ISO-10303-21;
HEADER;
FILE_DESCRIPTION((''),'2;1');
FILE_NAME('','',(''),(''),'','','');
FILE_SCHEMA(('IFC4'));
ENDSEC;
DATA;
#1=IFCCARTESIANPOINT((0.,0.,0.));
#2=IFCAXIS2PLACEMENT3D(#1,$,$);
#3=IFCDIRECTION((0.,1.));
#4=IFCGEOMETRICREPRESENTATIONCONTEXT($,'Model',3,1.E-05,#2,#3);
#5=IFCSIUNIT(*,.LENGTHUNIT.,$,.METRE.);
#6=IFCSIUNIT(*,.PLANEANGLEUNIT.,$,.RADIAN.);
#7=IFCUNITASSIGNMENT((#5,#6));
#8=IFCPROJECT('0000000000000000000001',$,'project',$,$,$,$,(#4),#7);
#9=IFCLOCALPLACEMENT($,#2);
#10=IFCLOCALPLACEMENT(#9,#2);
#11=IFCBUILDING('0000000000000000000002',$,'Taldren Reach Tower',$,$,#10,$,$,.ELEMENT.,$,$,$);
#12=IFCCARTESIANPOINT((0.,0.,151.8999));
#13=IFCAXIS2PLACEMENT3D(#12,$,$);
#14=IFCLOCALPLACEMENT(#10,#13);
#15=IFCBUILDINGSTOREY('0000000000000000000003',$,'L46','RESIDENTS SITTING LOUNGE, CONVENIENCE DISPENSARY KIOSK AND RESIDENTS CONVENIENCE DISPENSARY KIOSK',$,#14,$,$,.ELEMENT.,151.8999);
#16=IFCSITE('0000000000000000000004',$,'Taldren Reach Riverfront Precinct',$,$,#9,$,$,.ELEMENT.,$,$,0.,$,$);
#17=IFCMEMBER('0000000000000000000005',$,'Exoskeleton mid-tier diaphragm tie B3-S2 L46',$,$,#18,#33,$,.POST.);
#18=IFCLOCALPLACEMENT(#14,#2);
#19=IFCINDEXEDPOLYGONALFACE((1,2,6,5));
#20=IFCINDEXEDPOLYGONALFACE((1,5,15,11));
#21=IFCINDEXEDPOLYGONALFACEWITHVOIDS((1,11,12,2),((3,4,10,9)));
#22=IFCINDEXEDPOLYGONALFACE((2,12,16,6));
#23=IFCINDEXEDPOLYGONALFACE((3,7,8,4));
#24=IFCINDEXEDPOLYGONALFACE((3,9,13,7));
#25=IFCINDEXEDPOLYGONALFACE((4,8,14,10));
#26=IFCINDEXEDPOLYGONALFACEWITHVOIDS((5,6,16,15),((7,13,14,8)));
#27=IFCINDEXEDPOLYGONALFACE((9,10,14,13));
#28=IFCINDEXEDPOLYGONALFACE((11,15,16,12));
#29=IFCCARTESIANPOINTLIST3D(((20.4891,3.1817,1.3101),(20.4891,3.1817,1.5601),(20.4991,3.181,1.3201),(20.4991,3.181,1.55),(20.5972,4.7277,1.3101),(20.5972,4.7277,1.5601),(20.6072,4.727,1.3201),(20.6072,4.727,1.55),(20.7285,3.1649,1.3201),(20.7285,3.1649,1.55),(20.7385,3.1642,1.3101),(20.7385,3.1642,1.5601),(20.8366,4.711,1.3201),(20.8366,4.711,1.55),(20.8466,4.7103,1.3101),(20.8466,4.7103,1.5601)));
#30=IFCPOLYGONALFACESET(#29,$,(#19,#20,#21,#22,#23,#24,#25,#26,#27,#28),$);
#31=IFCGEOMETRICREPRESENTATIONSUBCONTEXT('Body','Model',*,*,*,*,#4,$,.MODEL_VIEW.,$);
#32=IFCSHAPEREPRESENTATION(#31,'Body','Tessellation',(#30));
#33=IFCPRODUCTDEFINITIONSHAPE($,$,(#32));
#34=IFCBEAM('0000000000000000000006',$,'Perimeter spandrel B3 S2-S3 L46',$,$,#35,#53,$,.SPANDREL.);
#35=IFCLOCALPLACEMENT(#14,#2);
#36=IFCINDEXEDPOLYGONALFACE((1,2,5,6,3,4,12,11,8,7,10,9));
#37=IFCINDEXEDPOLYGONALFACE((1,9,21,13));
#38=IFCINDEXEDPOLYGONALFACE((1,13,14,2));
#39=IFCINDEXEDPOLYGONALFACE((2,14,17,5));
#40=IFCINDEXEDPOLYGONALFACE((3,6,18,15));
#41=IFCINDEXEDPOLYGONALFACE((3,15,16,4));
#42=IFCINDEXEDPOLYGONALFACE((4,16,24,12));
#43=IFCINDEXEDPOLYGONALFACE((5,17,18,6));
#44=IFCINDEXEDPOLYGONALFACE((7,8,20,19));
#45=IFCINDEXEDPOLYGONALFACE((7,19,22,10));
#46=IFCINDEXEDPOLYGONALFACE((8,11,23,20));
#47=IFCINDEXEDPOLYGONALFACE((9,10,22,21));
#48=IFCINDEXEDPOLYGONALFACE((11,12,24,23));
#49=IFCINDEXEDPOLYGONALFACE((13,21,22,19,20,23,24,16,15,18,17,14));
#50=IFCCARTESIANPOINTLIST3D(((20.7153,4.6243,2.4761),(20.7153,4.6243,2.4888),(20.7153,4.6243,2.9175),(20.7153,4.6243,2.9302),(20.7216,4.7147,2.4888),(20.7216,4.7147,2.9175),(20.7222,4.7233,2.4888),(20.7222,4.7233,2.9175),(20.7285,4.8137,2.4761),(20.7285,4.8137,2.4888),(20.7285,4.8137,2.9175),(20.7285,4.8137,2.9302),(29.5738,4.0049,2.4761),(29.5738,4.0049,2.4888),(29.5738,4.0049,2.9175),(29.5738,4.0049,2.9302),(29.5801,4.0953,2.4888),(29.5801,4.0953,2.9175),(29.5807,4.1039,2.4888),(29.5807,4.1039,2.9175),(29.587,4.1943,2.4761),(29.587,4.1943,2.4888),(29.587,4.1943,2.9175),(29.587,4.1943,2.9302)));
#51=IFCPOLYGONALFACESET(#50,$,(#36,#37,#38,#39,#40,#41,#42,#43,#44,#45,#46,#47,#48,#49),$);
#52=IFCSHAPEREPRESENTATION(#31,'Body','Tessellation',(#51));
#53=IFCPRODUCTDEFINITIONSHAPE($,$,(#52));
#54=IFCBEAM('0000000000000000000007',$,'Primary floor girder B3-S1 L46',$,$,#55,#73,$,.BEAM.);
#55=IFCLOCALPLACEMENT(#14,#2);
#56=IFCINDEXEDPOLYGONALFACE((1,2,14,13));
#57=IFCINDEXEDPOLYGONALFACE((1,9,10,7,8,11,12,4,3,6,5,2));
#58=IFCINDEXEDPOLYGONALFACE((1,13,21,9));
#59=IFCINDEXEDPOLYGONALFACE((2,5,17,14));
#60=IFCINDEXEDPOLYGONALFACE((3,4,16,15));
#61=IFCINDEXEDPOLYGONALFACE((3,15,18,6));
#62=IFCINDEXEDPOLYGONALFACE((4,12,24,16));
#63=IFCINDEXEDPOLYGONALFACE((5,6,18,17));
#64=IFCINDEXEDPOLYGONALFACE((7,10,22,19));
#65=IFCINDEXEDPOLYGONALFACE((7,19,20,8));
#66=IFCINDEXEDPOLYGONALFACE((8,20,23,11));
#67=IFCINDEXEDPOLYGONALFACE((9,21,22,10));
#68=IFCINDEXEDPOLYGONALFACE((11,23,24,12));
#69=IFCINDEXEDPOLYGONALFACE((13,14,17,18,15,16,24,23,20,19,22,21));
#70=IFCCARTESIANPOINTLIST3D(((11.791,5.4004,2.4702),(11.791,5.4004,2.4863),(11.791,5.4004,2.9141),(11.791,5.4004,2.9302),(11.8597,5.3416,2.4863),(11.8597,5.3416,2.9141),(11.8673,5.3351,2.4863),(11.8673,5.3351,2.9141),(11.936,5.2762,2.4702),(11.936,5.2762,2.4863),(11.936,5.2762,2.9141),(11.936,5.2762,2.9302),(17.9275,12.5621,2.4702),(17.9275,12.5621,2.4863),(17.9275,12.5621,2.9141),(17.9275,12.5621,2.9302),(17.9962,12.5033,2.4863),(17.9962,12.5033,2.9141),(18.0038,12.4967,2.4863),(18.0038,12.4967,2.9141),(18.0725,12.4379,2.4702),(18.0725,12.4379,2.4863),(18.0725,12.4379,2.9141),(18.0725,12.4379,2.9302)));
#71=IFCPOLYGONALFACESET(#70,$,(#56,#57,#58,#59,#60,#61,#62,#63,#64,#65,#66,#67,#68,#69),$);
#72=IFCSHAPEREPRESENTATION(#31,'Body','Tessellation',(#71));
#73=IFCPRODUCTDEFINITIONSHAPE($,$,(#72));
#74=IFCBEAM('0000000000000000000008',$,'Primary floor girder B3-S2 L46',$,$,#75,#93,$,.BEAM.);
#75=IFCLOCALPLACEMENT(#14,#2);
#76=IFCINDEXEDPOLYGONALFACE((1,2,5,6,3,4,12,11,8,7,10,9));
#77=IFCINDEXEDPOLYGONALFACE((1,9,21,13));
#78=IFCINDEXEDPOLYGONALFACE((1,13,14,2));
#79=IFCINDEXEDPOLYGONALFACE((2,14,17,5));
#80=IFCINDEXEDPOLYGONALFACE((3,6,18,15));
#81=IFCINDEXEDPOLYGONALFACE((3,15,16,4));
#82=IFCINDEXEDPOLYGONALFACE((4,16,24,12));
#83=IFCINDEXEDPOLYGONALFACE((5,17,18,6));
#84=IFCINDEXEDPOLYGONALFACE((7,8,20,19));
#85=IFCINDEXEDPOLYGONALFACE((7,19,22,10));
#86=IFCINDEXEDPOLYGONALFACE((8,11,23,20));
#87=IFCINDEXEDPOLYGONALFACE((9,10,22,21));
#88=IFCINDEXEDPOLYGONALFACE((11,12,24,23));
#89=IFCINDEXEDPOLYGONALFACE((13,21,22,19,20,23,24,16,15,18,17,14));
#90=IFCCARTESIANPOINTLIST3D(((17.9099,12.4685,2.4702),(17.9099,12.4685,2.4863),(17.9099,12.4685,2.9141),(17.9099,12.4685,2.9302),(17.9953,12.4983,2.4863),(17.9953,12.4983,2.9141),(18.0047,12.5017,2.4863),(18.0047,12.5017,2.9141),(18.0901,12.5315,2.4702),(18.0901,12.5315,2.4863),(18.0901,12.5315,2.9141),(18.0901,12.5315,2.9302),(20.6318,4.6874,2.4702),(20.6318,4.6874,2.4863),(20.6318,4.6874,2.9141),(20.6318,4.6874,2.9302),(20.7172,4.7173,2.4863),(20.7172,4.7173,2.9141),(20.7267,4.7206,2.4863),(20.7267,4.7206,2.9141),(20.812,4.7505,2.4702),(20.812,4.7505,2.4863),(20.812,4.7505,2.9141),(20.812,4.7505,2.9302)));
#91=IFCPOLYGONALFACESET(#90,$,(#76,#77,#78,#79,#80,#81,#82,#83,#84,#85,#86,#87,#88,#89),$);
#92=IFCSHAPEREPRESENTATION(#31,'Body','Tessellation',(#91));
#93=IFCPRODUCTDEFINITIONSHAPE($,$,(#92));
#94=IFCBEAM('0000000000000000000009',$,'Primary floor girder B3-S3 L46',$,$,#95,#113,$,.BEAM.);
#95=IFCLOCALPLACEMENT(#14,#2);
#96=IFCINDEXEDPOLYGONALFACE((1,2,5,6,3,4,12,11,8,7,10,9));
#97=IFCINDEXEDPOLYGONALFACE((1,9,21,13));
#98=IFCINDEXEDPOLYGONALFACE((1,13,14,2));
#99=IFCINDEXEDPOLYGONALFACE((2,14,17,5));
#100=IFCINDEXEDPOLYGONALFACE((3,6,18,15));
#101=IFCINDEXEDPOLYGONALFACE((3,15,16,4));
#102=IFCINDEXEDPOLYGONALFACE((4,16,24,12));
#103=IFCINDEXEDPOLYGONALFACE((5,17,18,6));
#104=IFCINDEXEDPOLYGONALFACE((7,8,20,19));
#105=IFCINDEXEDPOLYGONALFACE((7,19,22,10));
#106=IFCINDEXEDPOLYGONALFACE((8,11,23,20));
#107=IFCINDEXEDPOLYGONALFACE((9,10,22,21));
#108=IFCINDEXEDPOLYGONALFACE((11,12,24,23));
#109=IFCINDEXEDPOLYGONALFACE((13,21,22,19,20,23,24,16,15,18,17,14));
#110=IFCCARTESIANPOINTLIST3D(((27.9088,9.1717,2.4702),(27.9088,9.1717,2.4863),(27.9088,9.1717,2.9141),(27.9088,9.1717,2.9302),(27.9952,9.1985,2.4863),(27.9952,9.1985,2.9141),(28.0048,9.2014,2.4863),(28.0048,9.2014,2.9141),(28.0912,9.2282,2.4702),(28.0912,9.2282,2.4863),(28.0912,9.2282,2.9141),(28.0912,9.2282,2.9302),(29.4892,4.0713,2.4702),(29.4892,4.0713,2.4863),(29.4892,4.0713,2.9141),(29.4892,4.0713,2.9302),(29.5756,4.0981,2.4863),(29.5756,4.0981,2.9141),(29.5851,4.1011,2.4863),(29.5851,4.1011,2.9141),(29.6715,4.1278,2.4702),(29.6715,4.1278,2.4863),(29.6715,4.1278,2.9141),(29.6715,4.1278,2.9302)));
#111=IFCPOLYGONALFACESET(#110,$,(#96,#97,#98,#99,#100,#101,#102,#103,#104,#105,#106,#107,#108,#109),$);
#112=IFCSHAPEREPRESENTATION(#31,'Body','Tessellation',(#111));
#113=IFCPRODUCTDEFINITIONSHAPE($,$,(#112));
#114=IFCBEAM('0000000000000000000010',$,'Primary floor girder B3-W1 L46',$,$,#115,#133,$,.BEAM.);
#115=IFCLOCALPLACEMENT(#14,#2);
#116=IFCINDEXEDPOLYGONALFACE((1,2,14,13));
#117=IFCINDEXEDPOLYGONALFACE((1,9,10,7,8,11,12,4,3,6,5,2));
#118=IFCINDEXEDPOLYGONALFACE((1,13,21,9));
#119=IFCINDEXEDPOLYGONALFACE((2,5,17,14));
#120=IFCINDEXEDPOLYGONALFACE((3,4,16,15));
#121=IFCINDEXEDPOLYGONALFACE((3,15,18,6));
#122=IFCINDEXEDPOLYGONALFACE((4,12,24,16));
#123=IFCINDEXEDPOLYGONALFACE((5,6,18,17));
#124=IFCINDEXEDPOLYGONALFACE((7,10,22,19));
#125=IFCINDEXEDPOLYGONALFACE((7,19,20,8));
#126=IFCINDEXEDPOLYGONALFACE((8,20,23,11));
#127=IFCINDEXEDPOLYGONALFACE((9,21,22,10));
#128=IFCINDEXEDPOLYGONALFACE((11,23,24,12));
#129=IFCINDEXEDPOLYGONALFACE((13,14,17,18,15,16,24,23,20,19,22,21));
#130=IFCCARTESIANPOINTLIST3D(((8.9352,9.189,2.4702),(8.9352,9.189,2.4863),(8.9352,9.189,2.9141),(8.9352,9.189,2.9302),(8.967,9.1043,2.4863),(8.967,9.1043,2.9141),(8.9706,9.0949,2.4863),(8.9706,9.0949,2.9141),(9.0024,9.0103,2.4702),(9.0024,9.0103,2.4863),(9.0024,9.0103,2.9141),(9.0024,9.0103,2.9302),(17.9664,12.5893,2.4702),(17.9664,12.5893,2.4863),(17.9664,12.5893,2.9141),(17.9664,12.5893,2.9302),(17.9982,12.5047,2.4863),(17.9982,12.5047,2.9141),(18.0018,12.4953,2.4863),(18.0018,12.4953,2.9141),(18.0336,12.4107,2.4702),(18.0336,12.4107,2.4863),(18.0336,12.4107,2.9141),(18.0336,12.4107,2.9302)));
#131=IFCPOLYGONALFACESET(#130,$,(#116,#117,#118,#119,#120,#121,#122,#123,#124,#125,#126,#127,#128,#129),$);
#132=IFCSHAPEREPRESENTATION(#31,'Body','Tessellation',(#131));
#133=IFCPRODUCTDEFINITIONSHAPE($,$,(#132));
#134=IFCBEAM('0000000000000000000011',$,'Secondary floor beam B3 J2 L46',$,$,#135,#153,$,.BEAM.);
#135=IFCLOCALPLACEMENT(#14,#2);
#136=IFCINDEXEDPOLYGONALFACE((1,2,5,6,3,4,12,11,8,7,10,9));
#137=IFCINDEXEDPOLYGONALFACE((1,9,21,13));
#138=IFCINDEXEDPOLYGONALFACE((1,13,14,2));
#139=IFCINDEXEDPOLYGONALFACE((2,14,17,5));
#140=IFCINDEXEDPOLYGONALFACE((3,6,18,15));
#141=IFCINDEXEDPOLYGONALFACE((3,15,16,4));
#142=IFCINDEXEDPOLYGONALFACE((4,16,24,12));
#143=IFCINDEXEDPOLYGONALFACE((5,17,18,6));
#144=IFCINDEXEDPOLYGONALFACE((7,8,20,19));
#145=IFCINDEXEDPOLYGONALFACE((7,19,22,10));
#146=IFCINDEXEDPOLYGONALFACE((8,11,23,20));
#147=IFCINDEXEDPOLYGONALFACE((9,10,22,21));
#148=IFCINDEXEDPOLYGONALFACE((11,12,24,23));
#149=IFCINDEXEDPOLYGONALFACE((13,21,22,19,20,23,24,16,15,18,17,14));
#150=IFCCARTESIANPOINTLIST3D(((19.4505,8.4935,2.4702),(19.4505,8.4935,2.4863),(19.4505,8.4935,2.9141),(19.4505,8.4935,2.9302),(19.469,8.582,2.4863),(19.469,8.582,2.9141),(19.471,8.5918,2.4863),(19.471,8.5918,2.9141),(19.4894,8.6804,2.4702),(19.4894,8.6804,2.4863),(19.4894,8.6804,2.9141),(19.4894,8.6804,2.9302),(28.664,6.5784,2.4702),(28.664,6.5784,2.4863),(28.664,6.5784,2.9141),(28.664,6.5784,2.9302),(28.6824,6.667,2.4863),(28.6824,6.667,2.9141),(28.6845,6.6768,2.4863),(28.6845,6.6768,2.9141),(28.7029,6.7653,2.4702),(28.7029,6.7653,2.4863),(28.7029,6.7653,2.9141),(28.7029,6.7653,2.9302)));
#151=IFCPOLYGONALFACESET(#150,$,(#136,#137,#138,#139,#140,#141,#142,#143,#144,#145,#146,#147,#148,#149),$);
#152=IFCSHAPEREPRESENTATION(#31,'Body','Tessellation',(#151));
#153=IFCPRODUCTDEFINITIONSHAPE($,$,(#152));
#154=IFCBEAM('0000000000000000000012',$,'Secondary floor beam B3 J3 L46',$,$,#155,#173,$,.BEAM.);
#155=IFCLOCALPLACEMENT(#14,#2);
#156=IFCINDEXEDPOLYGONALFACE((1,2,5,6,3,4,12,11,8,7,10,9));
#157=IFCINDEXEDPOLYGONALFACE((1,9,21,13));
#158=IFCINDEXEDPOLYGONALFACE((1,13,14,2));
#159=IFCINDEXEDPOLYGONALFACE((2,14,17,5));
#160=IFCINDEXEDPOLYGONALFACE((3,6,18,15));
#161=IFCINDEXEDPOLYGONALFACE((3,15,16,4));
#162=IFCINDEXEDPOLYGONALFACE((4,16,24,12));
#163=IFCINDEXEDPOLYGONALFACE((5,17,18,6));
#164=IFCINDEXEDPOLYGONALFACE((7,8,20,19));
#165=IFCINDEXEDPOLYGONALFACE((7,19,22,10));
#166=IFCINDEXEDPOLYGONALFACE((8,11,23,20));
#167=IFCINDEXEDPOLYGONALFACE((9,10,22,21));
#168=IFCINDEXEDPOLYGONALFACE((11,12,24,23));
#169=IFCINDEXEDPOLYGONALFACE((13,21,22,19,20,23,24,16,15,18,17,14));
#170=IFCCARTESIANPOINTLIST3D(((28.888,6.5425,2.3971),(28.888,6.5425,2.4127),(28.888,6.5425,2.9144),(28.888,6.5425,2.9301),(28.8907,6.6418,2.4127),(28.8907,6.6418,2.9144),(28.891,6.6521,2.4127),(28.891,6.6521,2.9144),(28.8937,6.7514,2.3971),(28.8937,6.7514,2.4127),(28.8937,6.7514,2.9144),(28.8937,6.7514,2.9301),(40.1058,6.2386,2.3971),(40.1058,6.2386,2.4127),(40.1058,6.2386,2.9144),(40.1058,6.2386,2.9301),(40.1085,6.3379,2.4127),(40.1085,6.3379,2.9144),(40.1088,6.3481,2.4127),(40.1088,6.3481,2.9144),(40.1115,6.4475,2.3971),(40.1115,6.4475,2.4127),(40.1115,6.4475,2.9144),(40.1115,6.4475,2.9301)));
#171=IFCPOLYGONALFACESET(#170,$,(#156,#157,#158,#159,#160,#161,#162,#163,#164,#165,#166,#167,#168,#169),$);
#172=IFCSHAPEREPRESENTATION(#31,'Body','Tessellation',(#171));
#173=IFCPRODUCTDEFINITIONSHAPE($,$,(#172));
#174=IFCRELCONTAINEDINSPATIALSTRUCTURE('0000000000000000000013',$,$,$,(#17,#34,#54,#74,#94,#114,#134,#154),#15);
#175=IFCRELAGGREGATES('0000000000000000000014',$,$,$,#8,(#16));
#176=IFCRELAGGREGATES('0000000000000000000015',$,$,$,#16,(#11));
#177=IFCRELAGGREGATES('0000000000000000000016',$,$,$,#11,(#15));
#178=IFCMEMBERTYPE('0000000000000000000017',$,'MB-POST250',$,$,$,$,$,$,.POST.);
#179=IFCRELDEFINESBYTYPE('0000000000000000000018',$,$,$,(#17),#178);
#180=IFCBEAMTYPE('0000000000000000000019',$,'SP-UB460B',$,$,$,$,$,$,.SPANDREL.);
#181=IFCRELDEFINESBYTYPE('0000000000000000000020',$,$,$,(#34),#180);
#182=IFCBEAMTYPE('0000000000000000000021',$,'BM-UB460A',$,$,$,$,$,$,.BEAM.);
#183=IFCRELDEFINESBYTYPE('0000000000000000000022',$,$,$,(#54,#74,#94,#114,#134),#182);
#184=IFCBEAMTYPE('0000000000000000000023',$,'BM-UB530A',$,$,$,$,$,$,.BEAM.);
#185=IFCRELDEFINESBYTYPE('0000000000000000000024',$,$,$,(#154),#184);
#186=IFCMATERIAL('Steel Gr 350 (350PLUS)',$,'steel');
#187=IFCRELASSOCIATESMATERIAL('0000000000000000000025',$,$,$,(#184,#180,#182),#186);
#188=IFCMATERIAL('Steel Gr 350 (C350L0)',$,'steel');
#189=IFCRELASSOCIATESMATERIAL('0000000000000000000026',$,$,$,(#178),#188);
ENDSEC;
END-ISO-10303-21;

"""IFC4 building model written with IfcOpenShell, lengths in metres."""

from ifc_helpers import new_model, si_unit, direction, frame, origin, origin_2d, place, context, subcontext, project, spatial, hollow_rectangle, i_section, extrude, source, transform, mapped, material, material_profile, profile_set, type_object, element, save


model = new_model("IFC4")

# Units and contexts
model_context = context("Model", 3, precision=1e-05, world=origin(), true_north=direction((0.0, 1.0)))
body_context = subcontext(model_context, "Body", "Model", "MODEL_VIEW")
ifc_project = project(units=[si_unit("LENGTHUNIT", "METRE"), si_unit("PLANEANGLEUNIT", "RADIAN")], contexts=[model_context])

# Site, building, storey
site_placement = place(None, origin())
site = spatial("IfcSite", under=ifc_project, at=site_placement, Name="Taldren Reach Riverfront Precinct", CompositionType="ELEMENT", RefElevation=0.0)
building_placement = place(site_placement, origin())
building = spatial("IfcBuilding", under=site, at=building_placement, Name="Taldren Reach Tower", CompositionType="ELEMENT")
storey_placement = place(building_placement, frame((0.0, 0.0, 151.8999)))
storey = spatial("IfcBuildingStorey", under=building, at=storey_placement, Name="L46", Description="RESIDENTS SITTING LOUNGE, CONVENIENCE DISPENSARY KIOSK AND RESIDENTS CONVENIENCE DISPENSARY KIOSK", CompositionType="ELEMENT", Elevation=151.8999)

# Shared definitions
ifc_material_1 = material(Name="Steel Gr 350 (350PLUS)", Category="steel")

# Shared definitions
ifc_material_profile_1 = material_profile(ifc_material_1, i_section(OverallWidth=0.209, OverallDepth=0.533, WebThickness=0.0103, FlangeThickness=0.0156, at=origin_2d()), Name="530UB92.4")
ifc_profile_set_1 = profile_set([ifc_material_profile_1], Name="Steel Gr 350 (350PLUS)")
beam_type_1 = type_object("IfcBeamType", Name="BM-UB530A", PredefinedType="BEAM", material=ifc_profile_set_1)

# Member
ifc_material_2 = material(Name="Steel Gr 350 (C350L0)", Category="steel")
ifc_material_profile_2 = material_profile(ifc_material_2, hollow_rectangle(XDim=0.25, YDim=0.25, WallThickness=0.01, at=origin_2d()), Name="250x250x10.0SHS")
ifc_profile_set_2 = profile_set([ifc_material_profile_2], Name="Steel Gr 350 (C350L0)")
member_type_1 = type_object("IfcMemberType", Name="MB-POST250", PredefinedType="POST", material=ifc_profile_set_2)
shared_shape_1 = source(origin(), body_context, "Body", "SweptSolid", [
    extrude(hollow_rectangle(XDim=0.25, YDim=0.25, WallThickness=0.01, at=origin_2d()), origin(), (0.0, 0.0, 1.0), 1.5498),
])
for number, where, z_axis, x_axis, name in (
    (1, (20.7219, 4.719, 1.4351), (-0.069781, -0.997562, 0.0), (0.997562, -0.069781, 0.0), "Exoskeleton mid-tier diaphragm tie B3-S2 L46"),
):
    element("IfcMember", number, at=place(storey_placement, frame(where, z_axis=z_axis, x_axis=x_axis)), inside=storey, type_object=member_type_1, Name=name, PredefinedType="POST", context=body_context, shape_type="MappedRepresentation", body=[
        mapped(shared_shape_1, transform((0.0, 0.0, 0.0), scale=1.0)),
    ])

# Beams
ifc_material_profile_3 = material_profile(ifc_material_1, i_section(OverallWidth=0.1899, OverallDepth=0.4541, WebThickness=0.0085, FlangeThickness=0.0127, at=origin_2d()), Name="460UB67.1")
ifc_profile_set_3 = profile_set([ifc_material_profile_3], Name="Steel Gr 350 (350PLUS)")
beam_type_2 = type_object("IfcBeamType", Name="SP-UB460B", PredefinedType="SPANDREL", material=ifc_profile_set_3)
shared_shape_2 = source(origin(), body_context, "Body", "SweptSolid", [
    extrude(i_section(OverallWidth=0.1899, OverallDepth=0.4541, WebThickness=0.0085, FlangeThickness=0.0127, at=origin_2d()), origin(), (0.0, 0.0, 1.0), 8.8801),
])
beam_1_placement = place(storey_placement, frame((20.7219, 4.719, 2.7031), z_axis=(0.997564, -0.06975, 0.0), x_axis=(0.06975, 0.997564, 0.0)))
element("IfcBeam", 2, at=beam_1_placement, inside=storey, type_object=beam_type_2, Name="Perimeter spandrel B3 S2-S3 L46", PredefinedType="SPANDREL", context=body_context, shape_type="MappedRepresentation", body=[
    mapped(shared_shape_2, transform((0.0, 0.0, 0.0), scale=1.0)),
])
ifc_material_profile_4 = material_profile(ifc_material_1, i_section(OverallWidth=0.1909, OverallDepth=0.46, WebThickness=0.01, FlangeThickness=0.0161, at=origin_2d()), Name="460UB82.1")
ifc_profile_set_4 = profile_set([ifc_material_profile_4], Name="Steel Gr 350 (350PLUS)")
beam_type_3 = type_object("IfcBeamType", Name="BM-UB460A", PredefinedType="BEAM", material=ifc_profile_set_4)
shared_shape_3 = source(origin(), body_context, "Body", "SweptSolid", [
    extrude(i_section(OverallWidth=0.1909, OverallDepth=0.46, WebThickness=0.01, FlangeThickness=0.0161, at=origin_2d()), origin(), (0.0, 0.0, 1.0), 9.4312),
])
beam_2_placement = place(storey_placement, frame((18.0, 12.5, 2.7002), z_axis=(-0.650666, -0.759364, 0.0), x_axis=(0.759364, -0.650666, 0.0)))
element("IfcBeam", 3, at=beam_2_placement, inside=storey, type_object=beam_type_3, Name="Primary floor girder B3-S1 L46", PredefinedType="BEAM", context=body_context, shape_type="MappedRepresentation", body=[
    mapped(shared_shape_3, transform((0.0, 0.0, 0.0), scale=1.0)),
])
shared_shape_4 = source(origin(), body_context, "Body", "SweptSolid", [
    extrude(i_section(OverallWidth=0.1909, OverallDepth=0.46, WebThickness=0.01, FlangeThickness=0.0161, at=origin_2d()), origin(), (0.0, 0.0, 1.0), 8.2434),
])
beam_3_placement = place(storey_placement, frame((18.0, 12.5, 2.7002), z_axis=(0.330196, -0.943912, 0.0), x_axis=(0.943912, 0.330196, 0.0)))
element("IfcBeam", 4, at=beam_3_placement, inside=storey, type_object=beam_type_3, Name="Primary floor girder B3-S2 L46", PredefinedType="BEAM", context=body_context, shape_type="MappedRepresentation", body=[
    mapped(shared_shape_4, transform((0.0, 0.0, 0.0), scale=1.0)),
])
shared_shape_5 = source(origin(), body_context, "Body", "SweptSolid", [
    extrude(i_section(OverallWidth=0.1909, OverallDepth=0.46, WebThickness=0.01, FlangeThickness=0.0161, at=origin_2d()), origin(), (0.0, 0.0, 1.0), 5.3396),
])
beam_4_placement = place(storey_placement, frame((28.0, 9.2, 2.7002), z_axis=(0.295965, -0.955199, 0.0), x_axis=(0.955199, 0.295965, 0.0)))
element("IfcBeam", 5, at=beam_4_placement, inside=storey, type_object=beam_type_3, Name="Primary floor girder B3-S3 L46", PredefinedType="BEAM", context=body_context, shape_type="MappedRepresentation", body=[
    mapped(shared_shape_5, transform((0.0, 0.0, 0.0), scale=1.0)),
])
shared_shape_6 = source(origin(), body_context, "Body", "SweptSolid", [
    extrude(i_section(OverallWidth=0.1909, OverallDepth=0.46, WebThickness=0.01, FlangeThickness=0.0161, at=origin_2d()), origin(), (0.0, 0.0, 1.0), 9.6501),
])
beam_5_placement = place(storey_placement, frame((18.0, 12.5, 2.7002), z_axis=(-0.935863, -0.352365, 0.0), x_axis=(0.352365, -0.935863, 0.0)))
element("IfcBeam", 6, at=beam_5_placement, inside=storey, type_object=beam_type_3, Name="Primary floor girder B3-W1 L46", PredefinedType="BEAM", context=body_context, shape_type="MappedRepresentation", body=[
    mapped(shared_shape_6, transform((0.0, 0.0, 0.0), scale=1.0)),
])
shared_shape_7 = source(origin(), body_context, "Body", "SweptSolid", [
    extrude(i_section(OverallWidth=0.1909, OverallDepth=0.46, WebThickness=0.01, FlangeThickness=0.0161, at=origin_2d()), origin(), (0.0, 0.0, 1.0), 9.4104),
])
beam_6_placement = place(storey_placement, frame((19.47, 8.5869, 2.7002), z_axis=(0.979074, -0.203505, 0.0), x_axis=(0.203505, 0.979074, 0.0)))
element("IfcBeam", 7, at=beam_6_placement, inside=storey, type_object=beam_type_3, Name="Secondary floor beam B3 J2 L46", PredefinedType="BEAM", context=body_context, shape_type="MappedRepresentation", body=[
    mapped(shared_shape_7, transform((0.0, 0.0, 0.0), scale=1.0)),
])
shared_shape_8 = source(origin(), body_context, "Body", "SweptSolid", [
    extrude(i_section(OverallWidth=0.209, OverallDepth=0.533, WebThickness=0.0103, FlangeThickness=0.0156, at=origin_2d()), origin(), (0.0, 0.0, 1.0), 11.2219),
])
beam_7_placement = place(storey_placement, frame((28.8909, 6.647, 2.6636), z_axis=(0.999633, -0.027086, 0.0), x_axis=(0.027086, 0.999633, 0.0)))
element("IfcBeam", 8, at=beam_7_placement, inside=storey, type_object=beam_type_1, Name="Secondary floor beam B3 J3 L46", PredefinedType="BEAM", context=body_context, shape_type="MappedRepresentation", body=[
    mapped(shared_shape_8, transform((0.0, 0.0, 0.0), scale=1.0)),
])

save(model, "model.ifc")
